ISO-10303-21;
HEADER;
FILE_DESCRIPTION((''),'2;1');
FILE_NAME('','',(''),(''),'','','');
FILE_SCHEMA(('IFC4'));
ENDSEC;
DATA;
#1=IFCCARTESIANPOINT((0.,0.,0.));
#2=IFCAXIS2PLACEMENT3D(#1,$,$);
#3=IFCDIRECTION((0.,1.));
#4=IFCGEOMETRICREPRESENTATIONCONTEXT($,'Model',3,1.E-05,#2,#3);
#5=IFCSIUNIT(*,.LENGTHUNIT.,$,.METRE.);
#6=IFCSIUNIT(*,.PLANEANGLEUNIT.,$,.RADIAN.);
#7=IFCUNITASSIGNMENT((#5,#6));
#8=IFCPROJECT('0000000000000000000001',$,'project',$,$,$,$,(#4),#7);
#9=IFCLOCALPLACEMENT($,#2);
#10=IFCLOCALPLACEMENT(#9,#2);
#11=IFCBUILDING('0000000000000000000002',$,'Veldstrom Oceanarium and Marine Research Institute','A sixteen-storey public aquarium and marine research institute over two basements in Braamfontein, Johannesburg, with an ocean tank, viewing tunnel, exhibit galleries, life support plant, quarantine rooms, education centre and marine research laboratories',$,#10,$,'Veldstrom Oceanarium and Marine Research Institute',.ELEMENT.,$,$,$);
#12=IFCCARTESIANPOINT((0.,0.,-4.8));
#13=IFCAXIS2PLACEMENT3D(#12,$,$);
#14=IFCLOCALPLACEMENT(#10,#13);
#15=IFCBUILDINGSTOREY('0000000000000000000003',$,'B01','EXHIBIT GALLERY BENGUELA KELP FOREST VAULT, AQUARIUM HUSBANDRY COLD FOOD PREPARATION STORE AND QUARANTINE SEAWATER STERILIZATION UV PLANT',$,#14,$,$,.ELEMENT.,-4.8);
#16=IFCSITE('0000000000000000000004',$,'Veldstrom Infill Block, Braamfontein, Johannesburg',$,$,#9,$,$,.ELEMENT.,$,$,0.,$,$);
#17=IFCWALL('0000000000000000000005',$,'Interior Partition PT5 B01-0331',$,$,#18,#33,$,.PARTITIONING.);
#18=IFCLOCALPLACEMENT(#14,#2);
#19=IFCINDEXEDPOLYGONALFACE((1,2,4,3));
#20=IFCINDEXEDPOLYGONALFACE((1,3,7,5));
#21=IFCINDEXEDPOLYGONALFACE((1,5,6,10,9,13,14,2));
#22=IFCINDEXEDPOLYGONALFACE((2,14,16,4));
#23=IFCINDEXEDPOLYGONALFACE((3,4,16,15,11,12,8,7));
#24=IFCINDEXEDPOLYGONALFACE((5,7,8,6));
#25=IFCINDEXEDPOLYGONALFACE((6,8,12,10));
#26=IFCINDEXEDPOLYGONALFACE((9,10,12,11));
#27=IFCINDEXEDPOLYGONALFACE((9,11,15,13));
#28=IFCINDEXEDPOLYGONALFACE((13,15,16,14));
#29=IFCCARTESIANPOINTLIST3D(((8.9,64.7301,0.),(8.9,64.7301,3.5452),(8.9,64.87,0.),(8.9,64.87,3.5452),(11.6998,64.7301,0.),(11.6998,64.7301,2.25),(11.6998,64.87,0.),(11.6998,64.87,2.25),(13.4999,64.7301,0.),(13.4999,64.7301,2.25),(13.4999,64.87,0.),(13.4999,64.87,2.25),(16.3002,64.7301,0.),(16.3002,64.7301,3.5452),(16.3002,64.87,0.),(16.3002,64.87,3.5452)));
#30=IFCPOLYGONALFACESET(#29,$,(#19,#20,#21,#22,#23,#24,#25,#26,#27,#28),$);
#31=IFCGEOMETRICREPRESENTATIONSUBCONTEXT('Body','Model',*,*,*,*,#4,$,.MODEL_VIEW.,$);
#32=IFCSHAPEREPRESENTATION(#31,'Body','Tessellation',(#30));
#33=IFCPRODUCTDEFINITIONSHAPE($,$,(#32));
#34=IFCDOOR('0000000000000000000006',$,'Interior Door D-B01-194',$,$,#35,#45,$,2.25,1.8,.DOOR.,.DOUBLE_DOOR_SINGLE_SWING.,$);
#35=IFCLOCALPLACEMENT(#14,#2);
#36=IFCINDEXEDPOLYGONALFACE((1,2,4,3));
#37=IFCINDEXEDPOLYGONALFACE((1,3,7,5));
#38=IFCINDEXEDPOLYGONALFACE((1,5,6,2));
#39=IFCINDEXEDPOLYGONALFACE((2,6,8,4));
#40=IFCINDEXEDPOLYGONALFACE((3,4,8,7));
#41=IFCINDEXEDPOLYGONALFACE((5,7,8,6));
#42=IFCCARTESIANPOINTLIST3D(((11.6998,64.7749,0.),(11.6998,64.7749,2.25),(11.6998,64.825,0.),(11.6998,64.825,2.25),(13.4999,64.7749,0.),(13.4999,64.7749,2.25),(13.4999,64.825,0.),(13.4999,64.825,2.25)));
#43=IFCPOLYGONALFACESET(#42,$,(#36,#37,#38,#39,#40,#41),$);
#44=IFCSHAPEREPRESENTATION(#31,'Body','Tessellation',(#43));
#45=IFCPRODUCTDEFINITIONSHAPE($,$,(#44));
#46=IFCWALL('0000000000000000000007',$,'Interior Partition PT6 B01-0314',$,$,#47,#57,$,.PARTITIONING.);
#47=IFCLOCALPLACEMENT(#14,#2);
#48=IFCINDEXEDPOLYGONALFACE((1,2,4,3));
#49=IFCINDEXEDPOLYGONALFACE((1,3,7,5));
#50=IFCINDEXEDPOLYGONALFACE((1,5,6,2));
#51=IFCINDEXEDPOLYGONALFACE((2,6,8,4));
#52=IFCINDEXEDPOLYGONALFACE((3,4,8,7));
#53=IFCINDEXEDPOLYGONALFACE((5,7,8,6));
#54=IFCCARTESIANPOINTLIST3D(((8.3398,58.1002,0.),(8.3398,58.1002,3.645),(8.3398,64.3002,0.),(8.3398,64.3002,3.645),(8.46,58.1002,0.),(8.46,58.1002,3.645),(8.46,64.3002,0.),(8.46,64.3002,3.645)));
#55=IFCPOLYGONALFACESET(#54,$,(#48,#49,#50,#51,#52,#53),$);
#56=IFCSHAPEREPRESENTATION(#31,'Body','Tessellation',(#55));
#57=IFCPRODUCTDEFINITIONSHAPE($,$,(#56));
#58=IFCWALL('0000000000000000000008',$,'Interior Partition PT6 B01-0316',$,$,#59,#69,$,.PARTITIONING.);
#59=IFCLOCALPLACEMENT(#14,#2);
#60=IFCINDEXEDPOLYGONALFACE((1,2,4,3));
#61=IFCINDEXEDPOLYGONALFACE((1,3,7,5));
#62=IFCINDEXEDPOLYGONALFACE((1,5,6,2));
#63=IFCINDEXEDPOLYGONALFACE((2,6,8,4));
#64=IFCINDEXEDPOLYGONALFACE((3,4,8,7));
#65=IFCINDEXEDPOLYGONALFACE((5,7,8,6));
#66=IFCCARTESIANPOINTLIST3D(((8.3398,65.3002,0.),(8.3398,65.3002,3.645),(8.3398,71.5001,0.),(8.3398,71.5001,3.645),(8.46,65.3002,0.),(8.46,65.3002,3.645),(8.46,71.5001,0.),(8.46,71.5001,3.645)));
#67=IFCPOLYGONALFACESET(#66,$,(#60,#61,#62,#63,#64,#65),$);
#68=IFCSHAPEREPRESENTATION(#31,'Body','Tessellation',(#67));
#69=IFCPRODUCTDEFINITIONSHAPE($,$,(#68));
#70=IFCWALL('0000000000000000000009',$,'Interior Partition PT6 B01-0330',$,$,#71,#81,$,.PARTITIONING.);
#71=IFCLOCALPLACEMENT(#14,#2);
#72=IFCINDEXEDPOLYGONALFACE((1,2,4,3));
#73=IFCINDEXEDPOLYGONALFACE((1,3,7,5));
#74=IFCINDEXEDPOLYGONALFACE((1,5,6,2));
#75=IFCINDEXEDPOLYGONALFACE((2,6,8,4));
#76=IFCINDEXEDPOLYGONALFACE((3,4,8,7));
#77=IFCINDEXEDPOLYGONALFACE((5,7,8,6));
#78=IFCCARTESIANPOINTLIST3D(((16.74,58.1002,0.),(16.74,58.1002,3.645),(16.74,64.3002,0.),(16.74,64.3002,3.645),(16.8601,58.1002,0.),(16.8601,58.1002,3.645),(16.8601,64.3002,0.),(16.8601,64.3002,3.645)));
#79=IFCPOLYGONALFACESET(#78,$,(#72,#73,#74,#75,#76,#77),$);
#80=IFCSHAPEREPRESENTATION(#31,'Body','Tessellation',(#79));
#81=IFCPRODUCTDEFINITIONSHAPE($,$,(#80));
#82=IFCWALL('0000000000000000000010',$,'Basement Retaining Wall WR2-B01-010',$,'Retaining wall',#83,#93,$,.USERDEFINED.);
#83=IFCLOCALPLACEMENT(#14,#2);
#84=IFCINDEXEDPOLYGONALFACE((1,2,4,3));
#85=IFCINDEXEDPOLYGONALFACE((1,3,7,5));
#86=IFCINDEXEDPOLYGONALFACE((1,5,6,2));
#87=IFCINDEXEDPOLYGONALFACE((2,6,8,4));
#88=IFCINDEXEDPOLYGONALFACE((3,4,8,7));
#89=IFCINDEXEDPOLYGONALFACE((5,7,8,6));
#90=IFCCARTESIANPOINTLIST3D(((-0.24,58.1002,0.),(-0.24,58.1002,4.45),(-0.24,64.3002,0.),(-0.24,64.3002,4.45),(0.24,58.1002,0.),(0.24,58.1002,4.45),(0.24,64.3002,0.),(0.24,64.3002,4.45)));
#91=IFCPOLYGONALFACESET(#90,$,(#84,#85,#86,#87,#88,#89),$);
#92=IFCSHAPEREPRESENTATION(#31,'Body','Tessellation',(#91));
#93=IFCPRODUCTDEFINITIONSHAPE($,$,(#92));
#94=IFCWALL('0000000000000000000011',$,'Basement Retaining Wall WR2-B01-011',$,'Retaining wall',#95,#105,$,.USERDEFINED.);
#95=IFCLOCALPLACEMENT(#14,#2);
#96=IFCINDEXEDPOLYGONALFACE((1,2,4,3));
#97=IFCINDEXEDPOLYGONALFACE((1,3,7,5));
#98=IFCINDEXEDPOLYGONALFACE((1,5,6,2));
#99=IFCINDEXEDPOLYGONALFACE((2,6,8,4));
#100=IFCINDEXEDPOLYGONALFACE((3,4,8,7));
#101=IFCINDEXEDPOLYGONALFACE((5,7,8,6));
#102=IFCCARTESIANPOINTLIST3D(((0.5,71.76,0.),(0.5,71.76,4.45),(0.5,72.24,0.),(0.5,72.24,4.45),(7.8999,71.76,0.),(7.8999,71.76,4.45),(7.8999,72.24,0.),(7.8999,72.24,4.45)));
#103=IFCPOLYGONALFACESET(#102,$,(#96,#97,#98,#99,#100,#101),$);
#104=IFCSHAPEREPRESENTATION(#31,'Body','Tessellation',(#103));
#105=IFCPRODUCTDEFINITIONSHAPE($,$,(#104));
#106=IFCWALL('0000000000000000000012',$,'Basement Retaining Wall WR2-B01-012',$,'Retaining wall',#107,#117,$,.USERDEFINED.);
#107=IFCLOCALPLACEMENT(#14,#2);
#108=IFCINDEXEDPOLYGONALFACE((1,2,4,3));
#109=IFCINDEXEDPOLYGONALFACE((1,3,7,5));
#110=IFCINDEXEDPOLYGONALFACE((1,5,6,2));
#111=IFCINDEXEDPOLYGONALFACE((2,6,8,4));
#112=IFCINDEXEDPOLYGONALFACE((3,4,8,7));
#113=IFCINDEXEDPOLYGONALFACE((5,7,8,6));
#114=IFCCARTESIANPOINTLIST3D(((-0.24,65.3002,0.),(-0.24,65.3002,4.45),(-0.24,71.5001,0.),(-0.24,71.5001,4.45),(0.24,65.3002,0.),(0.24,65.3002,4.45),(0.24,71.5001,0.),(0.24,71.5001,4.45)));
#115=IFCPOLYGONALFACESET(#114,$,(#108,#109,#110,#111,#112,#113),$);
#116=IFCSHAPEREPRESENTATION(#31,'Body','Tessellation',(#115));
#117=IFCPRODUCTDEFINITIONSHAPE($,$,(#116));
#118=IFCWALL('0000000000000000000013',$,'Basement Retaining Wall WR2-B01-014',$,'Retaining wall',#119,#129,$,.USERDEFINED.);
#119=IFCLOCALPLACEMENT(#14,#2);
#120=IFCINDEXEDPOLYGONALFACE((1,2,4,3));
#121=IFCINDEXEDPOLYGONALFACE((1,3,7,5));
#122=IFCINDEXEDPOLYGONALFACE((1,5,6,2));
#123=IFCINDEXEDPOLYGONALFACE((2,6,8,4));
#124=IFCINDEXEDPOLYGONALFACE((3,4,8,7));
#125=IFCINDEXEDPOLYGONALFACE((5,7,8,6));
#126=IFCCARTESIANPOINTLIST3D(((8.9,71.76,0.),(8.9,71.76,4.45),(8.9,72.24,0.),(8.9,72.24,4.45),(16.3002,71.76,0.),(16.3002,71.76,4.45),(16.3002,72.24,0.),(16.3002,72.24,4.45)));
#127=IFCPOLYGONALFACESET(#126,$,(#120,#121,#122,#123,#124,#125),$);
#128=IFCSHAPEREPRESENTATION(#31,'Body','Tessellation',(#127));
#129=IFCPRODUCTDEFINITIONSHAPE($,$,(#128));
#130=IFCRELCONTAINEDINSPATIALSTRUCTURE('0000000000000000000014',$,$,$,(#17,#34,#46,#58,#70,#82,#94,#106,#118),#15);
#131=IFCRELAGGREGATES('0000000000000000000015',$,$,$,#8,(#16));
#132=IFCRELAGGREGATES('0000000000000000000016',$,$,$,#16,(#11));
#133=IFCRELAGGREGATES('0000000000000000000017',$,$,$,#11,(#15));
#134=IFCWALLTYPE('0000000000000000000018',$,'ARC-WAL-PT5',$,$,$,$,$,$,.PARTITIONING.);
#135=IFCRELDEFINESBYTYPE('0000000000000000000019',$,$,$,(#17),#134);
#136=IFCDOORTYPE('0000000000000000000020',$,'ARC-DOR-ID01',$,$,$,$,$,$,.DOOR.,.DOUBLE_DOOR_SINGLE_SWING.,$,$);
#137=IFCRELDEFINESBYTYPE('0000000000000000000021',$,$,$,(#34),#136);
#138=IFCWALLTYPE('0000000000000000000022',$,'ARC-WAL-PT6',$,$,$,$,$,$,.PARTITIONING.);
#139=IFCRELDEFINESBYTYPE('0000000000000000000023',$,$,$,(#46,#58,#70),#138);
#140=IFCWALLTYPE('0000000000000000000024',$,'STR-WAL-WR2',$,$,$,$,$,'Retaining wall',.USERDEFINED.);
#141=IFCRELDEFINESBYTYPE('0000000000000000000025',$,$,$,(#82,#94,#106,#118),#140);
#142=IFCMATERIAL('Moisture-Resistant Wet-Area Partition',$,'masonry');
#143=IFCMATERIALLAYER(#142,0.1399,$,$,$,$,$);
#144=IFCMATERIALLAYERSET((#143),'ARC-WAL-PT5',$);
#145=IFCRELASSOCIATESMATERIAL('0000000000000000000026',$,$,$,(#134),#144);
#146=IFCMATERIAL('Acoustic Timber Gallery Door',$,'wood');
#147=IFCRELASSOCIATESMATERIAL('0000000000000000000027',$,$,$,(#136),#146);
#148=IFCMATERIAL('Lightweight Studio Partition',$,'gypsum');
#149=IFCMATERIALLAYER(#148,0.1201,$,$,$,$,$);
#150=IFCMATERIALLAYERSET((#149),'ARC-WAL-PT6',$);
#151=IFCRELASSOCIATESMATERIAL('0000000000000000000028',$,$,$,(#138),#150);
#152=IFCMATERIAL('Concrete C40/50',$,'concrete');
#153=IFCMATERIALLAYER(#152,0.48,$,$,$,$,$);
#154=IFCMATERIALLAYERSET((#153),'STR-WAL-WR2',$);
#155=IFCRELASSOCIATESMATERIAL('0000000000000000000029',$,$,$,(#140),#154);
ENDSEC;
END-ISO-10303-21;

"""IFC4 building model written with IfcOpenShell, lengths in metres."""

from ifc_helpers import new_model, si_unit, direction, frame, frame_2d, origin, place, context, subcontext, project, spatial, rectangle, extrude, material, layer, layer_set, type_object, element, fill, save


model = new_model("IFC4")

# Units and contexts
model_context = context("Model", 3, precision=1e-05, world=origin(), true_north=direction((0.0, 1.0)))
body_context = subcontext(model_context, "Body", "Model", "MODEL_VIEW")
ifc_project = project(units=[si_unit("LENGTHUNIT", "METRE"), si_unit("PLANEANGLEUNIT", "RADIAN")], contexts=[model_context])

# Site, building, storey
site_placement = place(None, origin())
site = spatial("IfcSite", under=ifc_project, at=site_placement, Name="Veldstrom Infill Block, Braamfontein, Johannesburg", CompositionType="ELEMENT", RefElevation=0.0)
building_placement = place(site_placement, origin())
building = spatial("IfcBuilding", under=site, at=building_placement, Name="Veldstrom Oceanarium and Marine Research Institute", Description="A sixteen-storey public aquarium and marine research institute over two basements in Braamfontein, Johannesburg, with an ocean tank, viewing tunnel, exhibit galleries, life support plant, quarantine rooms, education centre and marine research laboratories", LongName="Veldstrom Oceanarium and Marine Research Institute", CompositionType="ELEMENT")
storey_placement = place(building_placement, frame((0.0, 0.0, -4.8)))
storey = spatial("IfcBuildingStorey", under=building, at=storey_placement, Name="B01", Description="EXHIBIT GALLERY BENGUELA KELP FOREST VAULT, AQUARIUM HUSBANDRY COLD FOOD PREPARATION STORE AND QUARANTINE SEAWATER STERILIZATION UV PLANT", CompositionType="ELEMENT", Elevation=-4.8)

# Wall, opening, door
ifc_material_1 = material(Name="Moisture-Resistant Wet-Area Partition", Category="masonry")
ifc_layer_1 = layer(ifc_material_1, 0.1399)
ifc_layer_set_1 = layer_set([ifc_layer_1], Name="ARC-WAL-PT5")
wall_type_1 = type_object("IfcWallType", Name="ARC-WAL-PT5", PredefinedType="PARTITIONING", material=ifc_layer_set_1)
wall_1_placement = place(storey_placement, frame((8.8999, 64.8, 0.0), z_axis=(0.0, 0.0, 1.0), x_axis=(1.0, 0.0, 0.0)))
wall_1 = element("IfcWall", 1, at=wall_1_placement, inside=storey, type_object=wall_type_1, Name="Interior Partition PT5 B01-0331", PredefinedType="PARTITIONING", context=body_context, shape_type="SweptSolid", body=[
    extrude(rectangle(XDim=7.4001, YDim=0.1399, at=frame_2d((3.7002, 0.0))), origin(), (0.0, 0.0, 1.0), 3.5452),
])
opening_1_placement = place(wall_1_placement, frame((2.8, 0.0, 0.0)))
opening_1 = element("IfcOpeningElement", 2, at=opening_1_placement, cuts=wall_1, PredefinedType="OPENING", context=body_context, shape_type="SweptSolid", body=[
    extrude(rectangle(XDim=1.8, YDim=2.25, at=frame_2d((0.8999, 1.125))), frame((0.0, 0.0798, 0.0), z_axis=(0.0, -1.0, 0.0), x_axis=(1.0, 0.0, 0.0)), (0.0, 0.0, 1.0), 0.1599),
])
ifc_material_2 = material(Name="Acoustic Timber Gallery Door", Category="wood")
door_type_1 = type_object("IfcDoorType", Name="ARC-DOR-ID01", OperationType="DOUBLE_DOOR_SINGLE_SWING", PredefinedType="DOOR", material=ifc_material_2)
door_1_placement = place(opening_1_placement, origin())
door_1 = element("IfcDoor", 3, at=door_1_placement, inside=storey, type_object=door_type_1, Name="Interior Door D-B01-194", OperationType="DOUBLE_DOOR_SINGLE_SWING", OverallHeight=2.25, OverallWidth=1.8, PredefinedType="DOOR", context=body_context, shape_type="SweptSolid", body=[
    extrude(rectangle(XDim=1.8, YDim=2.25, at=frame_2d((0.8999, 1.125))), frame((0.0, 0.0249, 0.0), z_axis=(0.0, -1.0, 0.0), x_axis=(1.0, 0.0, 0.0)), (0.0, 0.0, 1.0), 0.05),
])
fill(opening_1, door_1)

# Walls
ifc_material_3 = material(Name="Lightweight Studio Partition", Category="gypsum")
ifc_layer_2 = layer(ifc_material_3, 0.1201)
ifc_layer_set_2 = layer_set([ifc_layer_2], Name="ARC-WAL-PT6")
wall_type_2 = type_object("IfcWallType", Name="ARC-WAL-PT6", PredefinedType="PARTITIONING", material=ifc_layer_set_2)
for number, where, z_axis, x_axis, name in (
    (4, (8.3999, 58.1001, 0.0), (0.0, 0.0, 1.0), (0.0, 1.0, 0.0), "Interior Partition PT6 B01-0314"),
    (5, (8.3999, 65.3, 0.0), (0.0, 0.0, 1.0), (0.0, 1.0, 0.0), "Interior Partition PT6 B01-0316"),
    (6, (16.8, 58.1001, 0.0), (0.0, 0.0, 1.0), (0.0, 1.0, 0.0), "Interior Partition PT6 B01-0330"),
):
    element("IfcWall", number, at=place(storey_placement, frame(where, z_axis=z_axis, x_axis=x_axis)), inside=storey, type_object=wall_type_2, Name=name, PredefinedType="PARTITIONING", context=body_context, shape_type="SweptSolid", body=[
        extrude(rectangle(XDim=6.2, YDim=0.1201, at=frame_2d((3.1001, 0.0))), origin(), (0.0, 0.0, 1.0), 3.645),
    ])
ifc_material_4 = material(Name="Concrete C40/50", Category="concrete")
ifc_layer_3 = layer(ifc_material_4, 0.48)
ifc_layer_set_3 = layer_set([ifc_layer_3], Name="STR-WAL-WR2")
wall_type_3 = type_object("IfcWallType", Name="STR-WAL-WR2", ElementType="Retaining wall", PredefinedType="USERDEFINED", material=ifc_layer_set_3)
wall_2_placement = place(storey_placement, frame((0.0, 58.1001, 0.0), z_axis=(0.0, 0.0, 1.0), x_axis=(0.0, 1.0, 0.0)))
element("IfcWall", 7, at=wall_2_placement, inside=storey, type_object=wall_type_3, Name="Basement Retaining Wall WR2-B01-010", ObjectType="Retaining wall", PredefinedType="USERDEFINED", context=body_context, shape_type="SweptSolid", body=[
    extrude(rectangle(XDim=6.2, YDim=0.48, at=frame_2d((3.1001, 0.0))), origin(), (0.0, 0.0, 1.0), 4.45),
])
wall_3_placement = place(storey_placement, frame((0.5, 72.0, 0.0), z_axis=(0.0, 0.0, 1.0), x_axis=(1.0, 0.0, 0.0)))
element("IfcWall", 8, at=wall_3_placement, inside=storey, type_object=wall_type_3, Name="Basement Retaining Wall WR2-B01-011", ObjectType="Retaining wall", PredefinedType="USERDEFINED", context=body_context, shape_type="SweptSolid", body=[
    extrude(rectangle(XDim=7.3999, YDim=0.48, at=frame_2d((3.7, 0.0))), origin(), (0.0, 0.0, 1.0), 4.45),
])
wall_4_placement = place(storey_placement, frame((0.0, 65.3, 0.0), z_axis=(0.0, 0.0, 1.0), x_axis=(0.0, 1.0, 0.0)))
element("IfcWall", 9, at=wall_4_placement, inside=storey, type_object=wall_type_3, Name="Basement Retaining Wall WR2-B01-012", ObjectType="Retaining wall", PredefinedType="USERDEFINED", context=body_context, shape_type="SweptSolid", body=[
    extrude(rectangle(XDim=6.2, YDim=0.48, at=frame_2d((3.1001, 0.0))), origin(), (0.0, 0.0, 1.0), 4.45),
])
wall_5_placement = place(storey_placement, frame((8.8999, 72.0, 0.0), z_axis=(0.0, 0.0, 1.0), x_axis=(1.0, 0.0, 0.0)))
element("IfcWall", 10, at=wall_5_placement, inside=storey, type_object=wall_type_3, Name="Basement Retaining Wall WR2-B01-014", ObjectType="Retaining wall", PredefinedType="USERDEFINED", context=body_context, shape_type="SweptSolid", body=[
    extrude(rectangle(XDim=7.4001, YDim=0.48, at=frame_2d((3.7002, 0.0))), origin(), (0.0, 0.0, 1.0), 4.45),
])

save(model, "model.ifc")
